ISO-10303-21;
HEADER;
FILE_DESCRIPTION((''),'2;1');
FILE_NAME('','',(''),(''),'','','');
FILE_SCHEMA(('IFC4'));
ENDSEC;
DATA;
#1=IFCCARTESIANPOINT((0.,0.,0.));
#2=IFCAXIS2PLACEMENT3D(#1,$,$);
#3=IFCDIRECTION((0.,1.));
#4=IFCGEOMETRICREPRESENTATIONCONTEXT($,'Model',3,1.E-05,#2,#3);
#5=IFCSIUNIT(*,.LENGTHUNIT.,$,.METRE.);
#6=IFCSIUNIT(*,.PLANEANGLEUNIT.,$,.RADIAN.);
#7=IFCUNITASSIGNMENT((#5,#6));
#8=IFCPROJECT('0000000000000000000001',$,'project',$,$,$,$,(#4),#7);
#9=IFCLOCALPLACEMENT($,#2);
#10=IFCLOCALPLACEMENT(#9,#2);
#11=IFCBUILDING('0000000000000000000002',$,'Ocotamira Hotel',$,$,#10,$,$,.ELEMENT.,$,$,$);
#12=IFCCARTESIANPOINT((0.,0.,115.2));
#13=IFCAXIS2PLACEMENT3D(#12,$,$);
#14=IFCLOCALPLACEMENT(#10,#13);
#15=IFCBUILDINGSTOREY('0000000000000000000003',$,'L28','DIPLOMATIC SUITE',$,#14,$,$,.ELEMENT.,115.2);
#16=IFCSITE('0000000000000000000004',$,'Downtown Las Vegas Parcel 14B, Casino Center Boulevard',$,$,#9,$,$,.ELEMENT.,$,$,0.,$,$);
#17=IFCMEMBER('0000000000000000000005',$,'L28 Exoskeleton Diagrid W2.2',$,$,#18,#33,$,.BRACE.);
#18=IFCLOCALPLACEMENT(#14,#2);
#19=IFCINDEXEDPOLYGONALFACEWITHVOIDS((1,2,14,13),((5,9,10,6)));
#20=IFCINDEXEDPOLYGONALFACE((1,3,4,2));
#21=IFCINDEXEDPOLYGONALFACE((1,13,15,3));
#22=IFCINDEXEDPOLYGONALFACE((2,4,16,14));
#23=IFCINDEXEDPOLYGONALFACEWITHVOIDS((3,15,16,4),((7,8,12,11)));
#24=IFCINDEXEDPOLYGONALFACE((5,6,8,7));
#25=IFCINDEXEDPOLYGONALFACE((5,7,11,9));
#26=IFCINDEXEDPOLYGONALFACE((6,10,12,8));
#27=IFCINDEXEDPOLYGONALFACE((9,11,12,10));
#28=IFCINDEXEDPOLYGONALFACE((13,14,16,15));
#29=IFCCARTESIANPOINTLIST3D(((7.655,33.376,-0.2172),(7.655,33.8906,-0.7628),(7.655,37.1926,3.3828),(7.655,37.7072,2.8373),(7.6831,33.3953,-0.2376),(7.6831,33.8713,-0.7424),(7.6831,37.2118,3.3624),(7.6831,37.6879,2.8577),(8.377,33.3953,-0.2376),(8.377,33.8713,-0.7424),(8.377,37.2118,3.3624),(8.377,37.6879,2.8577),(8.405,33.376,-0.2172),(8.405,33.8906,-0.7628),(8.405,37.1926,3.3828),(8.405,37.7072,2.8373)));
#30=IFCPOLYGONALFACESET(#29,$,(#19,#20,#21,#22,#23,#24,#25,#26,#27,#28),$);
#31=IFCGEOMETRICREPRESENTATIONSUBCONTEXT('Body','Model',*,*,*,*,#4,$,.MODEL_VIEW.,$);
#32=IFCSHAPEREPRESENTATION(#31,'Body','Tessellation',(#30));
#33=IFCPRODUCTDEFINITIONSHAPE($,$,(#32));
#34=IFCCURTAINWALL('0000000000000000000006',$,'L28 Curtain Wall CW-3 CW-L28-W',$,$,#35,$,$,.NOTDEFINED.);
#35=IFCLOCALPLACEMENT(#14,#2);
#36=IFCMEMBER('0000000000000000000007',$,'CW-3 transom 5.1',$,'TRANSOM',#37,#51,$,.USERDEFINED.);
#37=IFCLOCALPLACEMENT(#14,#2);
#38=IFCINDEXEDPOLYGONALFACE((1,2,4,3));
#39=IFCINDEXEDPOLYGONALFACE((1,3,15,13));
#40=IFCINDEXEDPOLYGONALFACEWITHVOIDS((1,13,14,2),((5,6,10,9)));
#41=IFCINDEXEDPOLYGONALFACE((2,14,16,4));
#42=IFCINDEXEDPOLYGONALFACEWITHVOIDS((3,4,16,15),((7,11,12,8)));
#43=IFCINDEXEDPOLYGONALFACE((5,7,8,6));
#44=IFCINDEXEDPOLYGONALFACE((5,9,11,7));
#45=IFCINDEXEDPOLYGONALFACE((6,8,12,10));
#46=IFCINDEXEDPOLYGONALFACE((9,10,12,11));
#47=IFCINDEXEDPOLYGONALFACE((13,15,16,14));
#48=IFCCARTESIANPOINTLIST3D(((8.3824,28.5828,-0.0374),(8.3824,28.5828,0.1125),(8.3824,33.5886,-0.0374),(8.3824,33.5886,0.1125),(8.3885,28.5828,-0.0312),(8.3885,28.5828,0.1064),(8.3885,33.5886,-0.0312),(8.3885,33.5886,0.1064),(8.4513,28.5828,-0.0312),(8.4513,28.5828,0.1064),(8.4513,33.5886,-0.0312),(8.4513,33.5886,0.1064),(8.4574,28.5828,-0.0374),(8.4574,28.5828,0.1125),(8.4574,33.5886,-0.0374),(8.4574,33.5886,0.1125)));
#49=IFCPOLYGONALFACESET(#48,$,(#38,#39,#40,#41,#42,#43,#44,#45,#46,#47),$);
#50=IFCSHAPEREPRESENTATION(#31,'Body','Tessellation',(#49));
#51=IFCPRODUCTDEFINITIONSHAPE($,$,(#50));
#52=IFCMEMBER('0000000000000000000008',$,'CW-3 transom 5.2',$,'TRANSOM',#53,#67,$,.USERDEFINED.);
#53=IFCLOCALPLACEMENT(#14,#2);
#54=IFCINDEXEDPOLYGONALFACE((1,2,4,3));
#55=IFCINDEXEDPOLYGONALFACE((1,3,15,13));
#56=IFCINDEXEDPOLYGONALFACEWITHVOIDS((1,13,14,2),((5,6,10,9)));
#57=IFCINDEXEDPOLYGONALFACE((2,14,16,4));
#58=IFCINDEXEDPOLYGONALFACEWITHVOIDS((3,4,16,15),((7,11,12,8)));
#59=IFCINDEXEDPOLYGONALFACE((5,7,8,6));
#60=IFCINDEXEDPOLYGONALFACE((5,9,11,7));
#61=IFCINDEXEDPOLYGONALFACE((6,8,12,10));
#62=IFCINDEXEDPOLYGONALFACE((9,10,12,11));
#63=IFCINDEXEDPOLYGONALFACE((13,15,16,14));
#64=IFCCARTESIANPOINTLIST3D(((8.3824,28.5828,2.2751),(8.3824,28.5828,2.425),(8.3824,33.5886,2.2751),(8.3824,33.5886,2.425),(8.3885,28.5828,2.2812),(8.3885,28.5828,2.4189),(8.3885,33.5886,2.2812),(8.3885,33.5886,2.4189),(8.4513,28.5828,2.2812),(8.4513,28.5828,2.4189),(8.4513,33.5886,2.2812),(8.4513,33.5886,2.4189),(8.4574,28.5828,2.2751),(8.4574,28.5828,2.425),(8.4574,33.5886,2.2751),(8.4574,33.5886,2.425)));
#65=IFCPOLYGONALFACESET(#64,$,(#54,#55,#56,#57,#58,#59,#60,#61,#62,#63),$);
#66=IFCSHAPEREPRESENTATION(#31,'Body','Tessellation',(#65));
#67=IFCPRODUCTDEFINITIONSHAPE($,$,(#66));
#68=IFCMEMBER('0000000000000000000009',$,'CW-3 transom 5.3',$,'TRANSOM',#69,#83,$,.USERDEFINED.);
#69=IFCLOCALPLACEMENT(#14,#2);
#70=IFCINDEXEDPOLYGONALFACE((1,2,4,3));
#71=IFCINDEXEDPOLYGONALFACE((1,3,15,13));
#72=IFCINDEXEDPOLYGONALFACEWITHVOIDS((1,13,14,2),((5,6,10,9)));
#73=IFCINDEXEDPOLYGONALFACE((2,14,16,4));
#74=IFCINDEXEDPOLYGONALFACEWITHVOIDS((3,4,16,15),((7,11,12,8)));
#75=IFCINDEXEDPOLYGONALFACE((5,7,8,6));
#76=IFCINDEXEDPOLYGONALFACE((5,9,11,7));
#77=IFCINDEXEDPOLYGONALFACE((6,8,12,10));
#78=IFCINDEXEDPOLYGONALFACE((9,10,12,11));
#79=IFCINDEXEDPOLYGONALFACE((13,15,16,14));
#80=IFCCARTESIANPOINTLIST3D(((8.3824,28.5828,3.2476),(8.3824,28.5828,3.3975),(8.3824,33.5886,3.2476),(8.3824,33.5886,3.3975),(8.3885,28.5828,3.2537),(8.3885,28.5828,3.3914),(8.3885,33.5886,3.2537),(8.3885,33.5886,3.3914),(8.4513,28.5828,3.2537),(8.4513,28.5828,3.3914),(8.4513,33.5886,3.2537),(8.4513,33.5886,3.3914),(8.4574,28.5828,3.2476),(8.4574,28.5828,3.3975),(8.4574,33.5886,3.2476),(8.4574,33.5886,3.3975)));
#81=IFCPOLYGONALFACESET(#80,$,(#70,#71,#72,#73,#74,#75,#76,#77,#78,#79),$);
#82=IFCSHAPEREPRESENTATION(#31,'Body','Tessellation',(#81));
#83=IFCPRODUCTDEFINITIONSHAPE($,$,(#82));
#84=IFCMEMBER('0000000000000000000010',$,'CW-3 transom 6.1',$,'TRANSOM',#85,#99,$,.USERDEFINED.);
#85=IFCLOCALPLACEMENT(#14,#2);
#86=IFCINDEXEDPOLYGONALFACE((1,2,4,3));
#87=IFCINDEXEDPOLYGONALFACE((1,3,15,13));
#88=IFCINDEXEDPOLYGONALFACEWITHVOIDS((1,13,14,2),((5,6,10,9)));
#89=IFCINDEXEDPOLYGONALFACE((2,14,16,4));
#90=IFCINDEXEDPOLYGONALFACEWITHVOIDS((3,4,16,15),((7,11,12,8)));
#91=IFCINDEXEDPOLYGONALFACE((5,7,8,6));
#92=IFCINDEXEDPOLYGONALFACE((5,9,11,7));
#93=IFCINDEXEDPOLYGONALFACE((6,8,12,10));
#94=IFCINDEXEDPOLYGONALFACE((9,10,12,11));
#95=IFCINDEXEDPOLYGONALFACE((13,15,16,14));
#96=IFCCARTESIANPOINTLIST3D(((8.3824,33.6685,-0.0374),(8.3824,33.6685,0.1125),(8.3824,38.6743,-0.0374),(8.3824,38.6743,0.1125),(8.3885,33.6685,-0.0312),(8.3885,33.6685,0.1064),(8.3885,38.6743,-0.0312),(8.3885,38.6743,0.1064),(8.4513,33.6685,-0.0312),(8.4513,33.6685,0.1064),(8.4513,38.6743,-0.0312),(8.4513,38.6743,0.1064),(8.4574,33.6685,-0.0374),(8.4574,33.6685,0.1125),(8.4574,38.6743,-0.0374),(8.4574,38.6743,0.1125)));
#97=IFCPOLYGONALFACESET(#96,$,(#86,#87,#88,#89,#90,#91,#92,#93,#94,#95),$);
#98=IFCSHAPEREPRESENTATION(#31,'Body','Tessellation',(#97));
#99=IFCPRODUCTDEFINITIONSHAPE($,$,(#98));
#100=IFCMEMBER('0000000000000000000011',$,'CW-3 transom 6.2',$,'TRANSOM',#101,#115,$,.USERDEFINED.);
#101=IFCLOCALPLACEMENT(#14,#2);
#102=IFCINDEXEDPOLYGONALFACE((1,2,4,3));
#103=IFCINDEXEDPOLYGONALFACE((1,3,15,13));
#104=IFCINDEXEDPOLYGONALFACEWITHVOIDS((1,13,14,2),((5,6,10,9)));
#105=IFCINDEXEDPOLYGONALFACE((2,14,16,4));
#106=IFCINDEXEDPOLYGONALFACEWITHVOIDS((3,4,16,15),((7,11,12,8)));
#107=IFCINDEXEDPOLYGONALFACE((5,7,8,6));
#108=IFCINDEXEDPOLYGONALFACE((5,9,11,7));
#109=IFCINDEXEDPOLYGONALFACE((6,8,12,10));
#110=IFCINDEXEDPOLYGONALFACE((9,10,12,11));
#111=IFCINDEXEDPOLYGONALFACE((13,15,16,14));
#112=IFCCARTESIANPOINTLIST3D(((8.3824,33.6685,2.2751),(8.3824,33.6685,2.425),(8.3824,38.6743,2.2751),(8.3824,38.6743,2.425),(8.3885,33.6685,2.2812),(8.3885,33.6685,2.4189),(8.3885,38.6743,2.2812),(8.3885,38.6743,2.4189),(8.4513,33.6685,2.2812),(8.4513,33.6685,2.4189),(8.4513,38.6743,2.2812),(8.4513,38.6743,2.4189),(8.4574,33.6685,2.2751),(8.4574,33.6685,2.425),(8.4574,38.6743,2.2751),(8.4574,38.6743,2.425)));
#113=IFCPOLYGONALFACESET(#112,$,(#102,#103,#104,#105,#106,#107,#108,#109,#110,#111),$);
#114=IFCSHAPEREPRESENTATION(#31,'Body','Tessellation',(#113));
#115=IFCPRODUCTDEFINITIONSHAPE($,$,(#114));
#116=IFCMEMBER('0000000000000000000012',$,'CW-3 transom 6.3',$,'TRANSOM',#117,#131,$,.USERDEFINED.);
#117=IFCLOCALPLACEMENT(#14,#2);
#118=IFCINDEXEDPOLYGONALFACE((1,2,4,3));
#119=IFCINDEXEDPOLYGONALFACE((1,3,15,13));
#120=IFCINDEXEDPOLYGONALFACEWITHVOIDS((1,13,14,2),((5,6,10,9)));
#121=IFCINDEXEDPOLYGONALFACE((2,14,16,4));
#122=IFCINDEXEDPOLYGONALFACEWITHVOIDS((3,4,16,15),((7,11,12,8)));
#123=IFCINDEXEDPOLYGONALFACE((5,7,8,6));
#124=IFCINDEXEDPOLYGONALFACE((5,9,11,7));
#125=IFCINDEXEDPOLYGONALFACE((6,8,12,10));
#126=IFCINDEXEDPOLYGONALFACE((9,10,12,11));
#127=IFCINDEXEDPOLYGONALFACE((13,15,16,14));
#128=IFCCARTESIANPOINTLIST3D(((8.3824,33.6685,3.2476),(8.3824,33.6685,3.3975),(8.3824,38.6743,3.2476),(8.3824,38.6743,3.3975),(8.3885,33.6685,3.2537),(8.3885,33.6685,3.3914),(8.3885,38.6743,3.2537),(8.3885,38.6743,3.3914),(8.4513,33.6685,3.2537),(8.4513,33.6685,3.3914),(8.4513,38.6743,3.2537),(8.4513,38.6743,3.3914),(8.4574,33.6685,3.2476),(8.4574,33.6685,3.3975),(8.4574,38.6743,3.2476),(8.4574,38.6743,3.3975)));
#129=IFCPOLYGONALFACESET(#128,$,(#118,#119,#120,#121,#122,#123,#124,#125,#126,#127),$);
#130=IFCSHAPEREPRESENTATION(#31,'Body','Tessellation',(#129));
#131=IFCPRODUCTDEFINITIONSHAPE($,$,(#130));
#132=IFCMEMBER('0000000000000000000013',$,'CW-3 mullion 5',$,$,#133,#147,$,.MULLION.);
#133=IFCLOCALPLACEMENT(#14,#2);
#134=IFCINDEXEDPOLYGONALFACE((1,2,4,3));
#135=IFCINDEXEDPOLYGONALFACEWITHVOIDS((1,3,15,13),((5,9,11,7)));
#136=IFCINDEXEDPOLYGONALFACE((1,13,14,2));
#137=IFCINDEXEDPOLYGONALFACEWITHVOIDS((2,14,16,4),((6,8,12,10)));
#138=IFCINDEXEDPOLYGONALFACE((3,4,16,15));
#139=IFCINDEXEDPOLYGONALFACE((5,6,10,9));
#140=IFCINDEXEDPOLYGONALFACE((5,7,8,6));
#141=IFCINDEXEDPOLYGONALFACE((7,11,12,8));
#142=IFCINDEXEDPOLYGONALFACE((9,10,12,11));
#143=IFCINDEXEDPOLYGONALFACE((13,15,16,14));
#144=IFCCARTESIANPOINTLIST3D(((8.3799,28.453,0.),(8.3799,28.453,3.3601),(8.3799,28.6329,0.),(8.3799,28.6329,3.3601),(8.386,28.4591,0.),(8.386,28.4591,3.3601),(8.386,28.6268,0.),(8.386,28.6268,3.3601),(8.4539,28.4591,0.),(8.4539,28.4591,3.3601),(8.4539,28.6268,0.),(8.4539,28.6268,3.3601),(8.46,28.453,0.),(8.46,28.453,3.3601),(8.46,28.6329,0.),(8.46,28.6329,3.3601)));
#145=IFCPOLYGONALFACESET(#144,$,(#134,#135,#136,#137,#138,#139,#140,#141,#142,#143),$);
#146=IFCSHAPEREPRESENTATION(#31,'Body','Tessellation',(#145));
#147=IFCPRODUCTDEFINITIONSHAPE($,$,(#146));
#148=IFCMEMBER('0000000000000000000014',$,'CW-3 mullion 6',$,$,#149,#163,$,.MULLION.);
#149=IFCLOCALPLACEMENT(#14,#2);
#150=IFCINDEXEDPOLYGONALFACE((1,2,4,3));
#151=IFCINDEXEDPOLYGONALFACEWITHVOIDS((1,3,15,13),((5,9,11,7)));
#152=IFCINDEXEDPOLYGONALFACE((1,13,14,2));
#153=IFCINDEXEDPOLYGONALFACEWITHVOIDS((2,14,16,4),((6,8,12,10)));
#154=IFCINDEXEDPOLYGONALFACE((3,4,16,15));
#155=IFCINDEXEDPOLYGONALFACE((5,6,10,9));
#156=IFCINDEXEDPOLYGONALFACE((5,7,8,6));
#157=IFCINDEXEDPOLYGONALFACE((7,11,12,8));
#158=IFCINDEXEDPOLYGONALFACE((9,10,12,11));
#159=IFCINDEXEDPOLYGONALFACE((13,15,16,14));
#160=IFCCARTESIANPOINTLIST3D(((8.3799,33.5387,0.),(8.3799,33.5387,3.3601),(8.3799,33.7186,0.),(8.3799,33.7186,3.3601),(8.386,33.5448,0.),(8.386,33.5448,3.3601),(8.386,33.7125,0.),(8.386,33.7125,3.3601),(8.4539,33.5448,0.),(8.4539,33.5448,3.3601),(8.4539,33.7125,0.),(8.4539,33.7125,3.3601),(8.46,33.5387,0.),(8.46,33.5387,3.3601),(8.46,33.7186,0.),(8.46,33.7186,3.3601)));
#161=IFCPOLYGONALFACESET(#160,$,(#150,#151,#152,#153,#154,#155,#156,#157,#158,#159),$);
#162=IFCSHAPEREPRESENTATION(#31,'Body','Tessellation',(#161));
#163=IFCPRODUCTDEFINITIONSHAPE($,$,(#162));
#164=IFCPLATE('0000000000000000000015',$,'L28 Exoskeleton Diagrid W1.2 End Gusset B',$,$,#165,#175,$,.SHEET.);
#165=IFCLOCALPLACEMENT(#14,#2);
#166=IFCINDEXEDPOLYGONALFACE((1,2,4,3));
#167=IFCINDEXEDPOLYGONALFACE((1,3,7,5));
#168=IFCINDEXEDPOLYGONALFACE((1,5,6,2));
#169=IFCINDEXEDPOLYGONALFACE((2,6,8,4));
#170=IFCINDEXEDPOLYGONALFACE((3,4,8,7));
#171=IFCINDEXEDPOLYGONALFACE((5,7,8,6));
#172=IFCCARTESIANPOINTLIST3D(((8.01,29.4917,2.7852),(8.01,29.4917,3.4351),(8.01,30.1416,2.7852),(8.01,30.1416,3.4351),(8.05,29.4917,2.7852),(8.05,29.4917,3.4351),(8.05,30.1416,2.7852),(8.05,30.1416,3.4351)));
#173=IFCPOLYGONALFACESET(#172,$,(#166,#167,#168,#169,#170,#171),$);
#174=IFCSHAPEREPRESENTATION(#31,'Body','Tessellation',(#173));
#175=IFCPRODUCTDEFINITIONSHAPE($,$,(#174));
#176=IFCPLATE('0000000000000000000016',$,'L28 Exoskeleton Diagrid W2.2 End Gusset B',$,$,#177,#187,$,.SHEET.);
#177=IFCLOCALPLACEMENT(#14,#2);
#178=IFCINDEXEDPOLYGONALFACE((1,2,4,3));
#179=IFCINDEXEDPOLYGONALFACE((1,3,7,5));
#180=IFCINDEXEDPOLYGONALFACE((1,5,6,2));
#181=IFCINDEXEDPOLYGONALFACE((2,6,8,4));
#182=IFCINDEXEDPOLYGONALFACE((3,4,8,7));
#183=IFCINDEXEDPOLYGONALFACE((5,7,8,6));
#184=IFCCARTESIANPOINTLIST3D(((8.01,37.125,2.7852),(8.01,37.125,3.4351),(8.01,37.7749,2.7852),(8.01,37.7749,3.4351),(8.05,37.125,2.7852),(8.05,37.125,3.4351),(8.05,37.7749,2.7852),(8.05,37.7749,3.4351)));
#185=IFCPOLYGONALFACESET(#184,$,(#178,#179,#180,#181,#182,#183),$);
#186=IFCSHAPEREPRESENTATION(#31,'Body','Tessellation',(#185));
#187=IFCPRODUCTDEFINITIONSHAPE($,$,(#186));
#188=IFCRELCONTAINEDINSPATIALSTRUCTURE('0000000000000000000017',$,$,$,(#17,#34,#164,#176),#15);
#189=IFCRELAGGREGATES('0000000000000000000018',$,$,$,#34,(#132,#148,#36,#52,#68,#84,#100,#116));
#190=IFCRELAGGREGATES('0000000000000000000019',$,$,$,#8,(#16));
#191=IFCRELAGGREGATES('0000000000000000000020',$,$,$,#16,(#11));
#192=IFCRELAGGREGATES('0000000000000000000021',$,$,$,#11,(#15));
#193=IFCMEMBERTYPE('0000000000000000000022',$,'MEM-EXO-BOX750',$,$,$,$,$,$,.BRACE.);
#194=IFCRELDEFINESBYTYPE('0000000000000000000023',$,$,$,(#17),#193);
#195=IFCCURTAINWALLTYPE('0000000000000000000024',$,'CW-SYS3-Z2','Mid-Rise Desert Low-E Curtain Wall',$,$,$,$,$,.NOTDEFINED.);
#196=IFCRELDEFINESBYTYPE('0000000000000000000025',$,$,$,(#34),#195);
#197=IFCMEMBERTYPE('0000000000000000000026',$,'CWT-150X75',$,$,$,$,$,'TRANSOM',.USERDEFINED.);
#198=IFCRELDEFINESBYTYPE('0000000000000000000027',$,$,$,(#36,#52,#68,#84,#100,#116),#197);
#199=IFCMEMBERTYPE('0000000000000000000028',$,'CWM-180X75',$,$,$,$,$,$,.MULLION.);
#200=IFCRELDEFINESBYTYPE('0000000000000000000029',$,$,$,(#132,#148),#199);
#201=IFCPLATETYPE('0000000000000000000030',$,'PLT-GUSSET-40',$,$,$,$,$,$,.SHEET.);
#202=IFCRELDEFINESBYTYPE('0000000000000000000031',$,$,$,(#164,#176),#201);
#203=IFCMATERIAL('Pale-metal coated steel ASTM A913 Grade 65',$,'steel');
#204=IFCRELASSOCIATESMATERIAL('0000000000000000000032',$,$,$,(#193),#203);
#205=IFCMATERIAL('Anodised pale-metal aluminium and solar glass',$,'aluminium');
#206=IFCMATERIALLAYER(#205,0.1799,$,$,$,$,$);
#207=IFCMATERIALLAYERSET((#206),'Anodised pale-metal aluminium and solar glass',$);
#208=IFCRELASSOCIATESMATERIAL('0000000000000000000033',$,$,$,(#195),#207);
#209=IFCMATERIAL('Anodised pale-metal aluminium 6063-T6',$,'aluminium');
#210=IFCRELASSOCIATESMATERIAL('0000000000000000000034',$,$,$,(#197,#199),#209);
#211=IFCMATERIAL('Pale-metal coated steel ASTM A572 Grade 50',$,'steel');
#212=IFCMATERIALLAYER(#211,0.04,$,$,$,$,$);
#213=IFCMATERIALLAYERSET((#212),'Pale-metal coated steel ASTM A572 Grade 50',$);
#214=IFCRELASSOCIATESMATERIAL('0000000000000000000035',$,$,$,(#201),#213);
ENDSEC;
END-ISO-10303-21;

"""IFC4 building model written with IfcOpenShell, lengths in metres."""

from ifc_helpers import new_model, si_unit, direction, frame, origin, origin_2d, place, context, subcontext, project, spatial, rectangle, hollow_rectangle, extrude, source, transform, mapped, material, layer, layer_set, material_profile, profile_set, type_object, element, aggregate, save


model = new_model("IFC4")

# Units and contexts
model_context = context("Model", 3, precision=1e-05, world=origin(), true_north=direction((0.0, 1.0)))
body_context = subcontext(model_context, "Body", "Model", "MODEL_VIEW")
ifc_project = project(units=[si_unit("LENGTHUNIT", "METRE"), si_unit("PLANEANGLEUNIT", "RADIAN")], contexts=[model_context])

# Site, building, storey
site_placement = place(None, origin())
site = spatial("IfcSite", under=ifc_project, at=site_placement, Name="Downtown Las Vegas Parcel 14B, Casino Center Boulevard", CompositionType="ELEMENT", RefElevation=0.0)
building_placement = place(site_placement, origin())
building = spatial("IfcBuilding", under=site, at=building_placement, Name="Ocotamira Hotel", CompositionType="ELEMENT")
storey_placement = place(building_placement, frame((0.0, 0.0, 115.2)))
storey = spatial("IfcBuildingStorey", under=building, at=storey_placement, Name="L28", Description="DIPLOMATIC SUITE", CompositionType="ELEMENT", Elevation=115.2)

# Member
ifc_material_1 = material(Name="Pale-metal coated steel ASTM A913 Grade 65", Category="steel")
ifc_material_profile_1 = material_profile(ifc_material_1, hollow_rectangle(XDim=0.75, YDim=0.75, WallThickness=0.0281, at=origin_2d()), Name="BOX750X750X28")
ifc_profile_set_1 = profile_set([ifc_material_profile_1], Name="Pale-metal coated steel ASTM A913 Grade 65")
member_type_1 = type_object("IfcMemberType", Name="MEM-EXO-BOX750", PredefinedType="BRACE", material=ifc_profile_set_1)
shared_shape_1 = source(origin(), body_context, "Body", "SweptSolid", [
    extrude(hollow_rectangle(XDim=0.75, YDim=0.75, WallThickness=0.0281, at=origin_2d()), origin(), (0.0, 0.0, 1.0), 5.2466),
])
for number, where, z_axis, x_axis, name in (
    (1, (8.03, 33.6333, -0.49), (0.0, 0.727443, 0.686168), (-1.0, 0.0, 0.0), "L28 Exoskeleton Diagrid W2.2"),
):
    element("IfcMember", number, at=place(storey_placement, frame(where, z_axis=z_axis, x_axis=x_axis)), inside=storey, type_object=member_type_1, Name=name, PredefinedType="BRACE", context=body_context, shape_type="MappedRepresentation", body=[
        mapped(shared_shape_1, transform((0.0, 0.0, 0.0), scale=1.0)),
    ])

# Curtain wall, members
ifc_material_2 = material(Name="Anodised pale-metal aluminium and solar glass", Category="aluminium")
ifc_layer_1 = layer(ifc_material_2, 0.1799)
ifc_layer_set_1 = layer_set([ifc_layer_1], Name="Anodised pale-metal aluminium and solar glass")
curtain_wall_type = type_object("IfcCurtainWallType", Name="CW-SYS3-Z2", Description="Mid-Rise Desert Low-E Curtain Wall", PredefinedType="NOTDEFINED", material=ifc_layer_set_1)
curtain_wall_placement = place(storey_placement, origin())
curtain_wall = element("IfcCurtainWall", 2, at=curtain_wall_placement, inside=storey, type_object=curtain_wall_type, Name="L28 Curtain Wall CW-3 CW-L28-W", PredefinedType="NOTDEFINED")
ifc_material_3 = material(Name="Anodised pale-metal aluminium 6063-T6", Category="aluminium")
ifc_material_profile_2 = material_profile(ifc_material_3, hollow_rectangle(XDim=0.075, YDim=0.1499, WallThickness=0.0061, at=origin_2d()), Name="HSS150X75X6")
ifc_profile_set_2 = profile_set([ifc_material_profile_2], Name="Anodised pale-metal aluminium 6063-T6")
member_type_2 = type_object("IfcMemberType", Name="CWT-150X75", ElementType="TRANSOM", PredefinedType="USERDEFINED", material=ifc_profile_set_2)
shared_shape_2 = source(origin(), body_context, "Body", "SweptSolid", [
    extrude(hollow_rectangle(XDim=0.075, YDim=0.1499, WallThickness=0.0061, at=origin_2d()), origin(), (0.0, 0.0, 1.0), 5.0059),
])
member_1_placement = place(storey_placement, frame((8.4199, 28.5828, 0.0376), z_axis=(0.0, 1.0, 0.0), x_axis=(-1.0, 0.0, 0.0)))
member_1 = element("IfcMember", 3, at=member_1_placement, type_object=member_type_2, Name="CW-3 transom 5.1", ObjectType="TRANSOM", PredefinedType="USERDEFINED", context=body_context, shape_type="MappedRepresentation", body=[
    mapped(shared_shape_2, transform((0.0, 0.0, 0.0), scale=1.0)),
])
member_2_placement = place(storey_placement, frame((8.4199, 28.5828, 2.3501), z_axis=(0.0, 1.0, 0.0), x_axis=(-1.0, 0.0, 0.0)))
member_2 = element("IfcMember", 4, at=member_2_placement, type_object=member_type_2, Name="CW-3 transom 5.2", ObjectType="TRANSOM", PredefinedType="USERDEFINED", context=body_context, shape_type="MappedRepresentation", body=[
    mapped(shared_shape_2, transform((0.0, 0.0, 0.0), scale=1.0)),
])
member_3_placement = place(storey_placement, frame((8.4199, 28.5828, 3.3225), z_axis=(0.0, 1.0, 0.0), x_axis=(-1.0, 0.0, 0.0)))
member_3 = element("IfcMember", 5, at=member_3_placement, type_object=member_type_2, Name="CW-3 transom 5.3", ObjectType="TRANSOM", PredefinedType="USERDEFINED", context=body_context, shape_type="MappedRepresentation", body=[
    mapped(shared_shape_2, transform((0.0, 0.0, 0.0), scale=1.0)),
])
member_4_placement = place(storey_placement, frame((8.4199, 33.6685, 0.0376), z_axis=(0.0, 1.0, 0.0), x_axis=(-1.0, 0.0, 0.0)))
member_4 = element("IfcMember", 6, at=member_4_placement, type_object=member_type_2, Name="CW-3 transom 6.1", ObjectType="TRANSOM", PredefinedType="USERDEFINED", context=body_context, shape_type="MappedRepresentation", body=[
    mapped(shared_shape_2, transform((0.0, 0.0, 0.0), scale=1.0)),
])
member_5_placement = place(storey_placement, frame((8.4199, 33.6685, 2.3501), z_axis=(0.0, 1.0, 0.0), x_axis=(-1.0, 0.0, 0.0)))
member_5 = element("IfcMember", 7, at=member_5_placement, type_object=member_type_2, Name="CW-3 transom 6.2", ObjectType="TRANSOM", PredefinedType="USERDEFINED", context=body_context, shape_type="MappedRepresentation", body=[
    mapped(shared_shape_2, transform((0.0, 0.0, 0.0), scale=1.0)),
])
member_6_placement = place(storey_placement, frame((8.4199, 33.6685, 3.3225), z_axis=(0.0, 1.0, 0.0), x_axis=(-1.0, 0.0, 0.0)))
member_6 = element("IfcMember", 8, at=member_6_placement, type_object=member_type_2, Name="CW-3 transom 6.3", ObjectType="TRANSOM", PredefinedType="USERDEFINED", context=body_context, shape_type="MappedRepresentation", body=[
    mapped(shared_shape_2, transform((0.0, 0.0, 0.0), scale=1.0)),
])
ifc_material_profile_3 = material_profile(ifc_material_3, hollow_rectangle(XDim=0.0801, YDim=0.1799, WallThickness=0.0061, at=origin_2d()), Name="HSS180X80X6")
ifc_profile_set_3 = profile_set([ifc_material_profile_3], Name="Anodised pale-metal aluminium 6063-T6")
member_type_3 = type_object("IfcMemberType", Name="CWM-180X75", PredefinedType="MULLION", material=ifc_profile_set_3)
shared_shape_3 = source(origin(), body_context, "Body", "SweptSolid", [
    extrude(hollow_rectangle(XDim=0.0801, YDim=0.1799, WallThickness=0.0061, at=origin_2d()), origin(), (0.0, 0.0, 1.0), 3.3601),
])
member_7_placement = place(storey_placement, frame((8.4199, 28.543, 0.0), z_axis=(0.0, 0.0, 1.0), x_axis=(-1.0, 0.0, 0.0)))
member_7 = element("IfcMember", 9, at=member_7_placement, type_object=member_type_3, Name="CW-3 mullion 5", PredefinedType="MULLION", context=body_context, shape_type="MappedRepresentation", body=[
    mapped(shared_shape_3, transform((0.0, 0.0, 0.0), scale=1.0)),
])
member_8_placement = place(storey_placement, frame((8.4199, 33.6287, 0.0), z_axis=(0.0, 0.0, 1.0), x_axis=(-1.0, 0.0, 0.0)))
member_8 = element("IfcMember", 10, at=member_8_placement, type_object=member_type_3, Name="CW-3 mullion 6", PredefinedType="MULLION", context=body_context, shape_type="MappedRepresentation", body=[
    mapped(shared_shape_3, transform((0.0, 0.0, 0.0), scale=1.0)),
])

# Plates
ifc_material_4 = material(Name="Pale-metal coated steel ASTM A572 Grade 50", Category="steel")
ifc_layer_2 = layer(ifc_material_4, 0.04)
ifc_layer_set_2 = layer_set([ifc_layer_2], Name="Pale-metal coated steel ASTM A572 Grade 50")
plate_type_1 = type_object("IfcPlateType", Name="PLT-GUSSET-40", PredefinedType="SHEET", material=ifc_layer_set_2)
shared_shape_4 = source(origin(), body_context, "Body", "SweptSolid", [
    extrude(rectangle(XDim=0.04, YDim=0.6499, at=origin_2d()), origin(), (0.0, 0.0, 1.0), 0.6499),
])
for number, where, z_axis, x_axis, name in (
    (11, (8.03, 29.8167, 2.7852), (0.0, 0.0, 1.0), (1.0, 0.0, 0.0), "L28 Exoskeleton Diagrid W1.2 End Gusset B"),
    (12, (8.03, 37.45, 2.7852), (0.0, 0.0, 1.0), (1.0, 0.0, 0.0), "L28 Exoskeleton Diagrid W2.2 End Gusset B"),
):
    element("IfcPlate", number, at=place(storey_placement, frame(where, z_axis=z_axis, x_axis=x_axis)), inside=storey, type_object=plate_type_1, Name=name, PredefinedType="SHEET", context=body_context, shape_type="MappedRepresentation", body=[
        mapped(shared_shape_4, transform((0.0, 0.0, 0.0), scale=1.0)),
    ])

aggregate(curtain_wall, [member_7, member_8, member_1, member_2, member_3, member_4, member_5, member_6])

save(model, "model.ifc")
